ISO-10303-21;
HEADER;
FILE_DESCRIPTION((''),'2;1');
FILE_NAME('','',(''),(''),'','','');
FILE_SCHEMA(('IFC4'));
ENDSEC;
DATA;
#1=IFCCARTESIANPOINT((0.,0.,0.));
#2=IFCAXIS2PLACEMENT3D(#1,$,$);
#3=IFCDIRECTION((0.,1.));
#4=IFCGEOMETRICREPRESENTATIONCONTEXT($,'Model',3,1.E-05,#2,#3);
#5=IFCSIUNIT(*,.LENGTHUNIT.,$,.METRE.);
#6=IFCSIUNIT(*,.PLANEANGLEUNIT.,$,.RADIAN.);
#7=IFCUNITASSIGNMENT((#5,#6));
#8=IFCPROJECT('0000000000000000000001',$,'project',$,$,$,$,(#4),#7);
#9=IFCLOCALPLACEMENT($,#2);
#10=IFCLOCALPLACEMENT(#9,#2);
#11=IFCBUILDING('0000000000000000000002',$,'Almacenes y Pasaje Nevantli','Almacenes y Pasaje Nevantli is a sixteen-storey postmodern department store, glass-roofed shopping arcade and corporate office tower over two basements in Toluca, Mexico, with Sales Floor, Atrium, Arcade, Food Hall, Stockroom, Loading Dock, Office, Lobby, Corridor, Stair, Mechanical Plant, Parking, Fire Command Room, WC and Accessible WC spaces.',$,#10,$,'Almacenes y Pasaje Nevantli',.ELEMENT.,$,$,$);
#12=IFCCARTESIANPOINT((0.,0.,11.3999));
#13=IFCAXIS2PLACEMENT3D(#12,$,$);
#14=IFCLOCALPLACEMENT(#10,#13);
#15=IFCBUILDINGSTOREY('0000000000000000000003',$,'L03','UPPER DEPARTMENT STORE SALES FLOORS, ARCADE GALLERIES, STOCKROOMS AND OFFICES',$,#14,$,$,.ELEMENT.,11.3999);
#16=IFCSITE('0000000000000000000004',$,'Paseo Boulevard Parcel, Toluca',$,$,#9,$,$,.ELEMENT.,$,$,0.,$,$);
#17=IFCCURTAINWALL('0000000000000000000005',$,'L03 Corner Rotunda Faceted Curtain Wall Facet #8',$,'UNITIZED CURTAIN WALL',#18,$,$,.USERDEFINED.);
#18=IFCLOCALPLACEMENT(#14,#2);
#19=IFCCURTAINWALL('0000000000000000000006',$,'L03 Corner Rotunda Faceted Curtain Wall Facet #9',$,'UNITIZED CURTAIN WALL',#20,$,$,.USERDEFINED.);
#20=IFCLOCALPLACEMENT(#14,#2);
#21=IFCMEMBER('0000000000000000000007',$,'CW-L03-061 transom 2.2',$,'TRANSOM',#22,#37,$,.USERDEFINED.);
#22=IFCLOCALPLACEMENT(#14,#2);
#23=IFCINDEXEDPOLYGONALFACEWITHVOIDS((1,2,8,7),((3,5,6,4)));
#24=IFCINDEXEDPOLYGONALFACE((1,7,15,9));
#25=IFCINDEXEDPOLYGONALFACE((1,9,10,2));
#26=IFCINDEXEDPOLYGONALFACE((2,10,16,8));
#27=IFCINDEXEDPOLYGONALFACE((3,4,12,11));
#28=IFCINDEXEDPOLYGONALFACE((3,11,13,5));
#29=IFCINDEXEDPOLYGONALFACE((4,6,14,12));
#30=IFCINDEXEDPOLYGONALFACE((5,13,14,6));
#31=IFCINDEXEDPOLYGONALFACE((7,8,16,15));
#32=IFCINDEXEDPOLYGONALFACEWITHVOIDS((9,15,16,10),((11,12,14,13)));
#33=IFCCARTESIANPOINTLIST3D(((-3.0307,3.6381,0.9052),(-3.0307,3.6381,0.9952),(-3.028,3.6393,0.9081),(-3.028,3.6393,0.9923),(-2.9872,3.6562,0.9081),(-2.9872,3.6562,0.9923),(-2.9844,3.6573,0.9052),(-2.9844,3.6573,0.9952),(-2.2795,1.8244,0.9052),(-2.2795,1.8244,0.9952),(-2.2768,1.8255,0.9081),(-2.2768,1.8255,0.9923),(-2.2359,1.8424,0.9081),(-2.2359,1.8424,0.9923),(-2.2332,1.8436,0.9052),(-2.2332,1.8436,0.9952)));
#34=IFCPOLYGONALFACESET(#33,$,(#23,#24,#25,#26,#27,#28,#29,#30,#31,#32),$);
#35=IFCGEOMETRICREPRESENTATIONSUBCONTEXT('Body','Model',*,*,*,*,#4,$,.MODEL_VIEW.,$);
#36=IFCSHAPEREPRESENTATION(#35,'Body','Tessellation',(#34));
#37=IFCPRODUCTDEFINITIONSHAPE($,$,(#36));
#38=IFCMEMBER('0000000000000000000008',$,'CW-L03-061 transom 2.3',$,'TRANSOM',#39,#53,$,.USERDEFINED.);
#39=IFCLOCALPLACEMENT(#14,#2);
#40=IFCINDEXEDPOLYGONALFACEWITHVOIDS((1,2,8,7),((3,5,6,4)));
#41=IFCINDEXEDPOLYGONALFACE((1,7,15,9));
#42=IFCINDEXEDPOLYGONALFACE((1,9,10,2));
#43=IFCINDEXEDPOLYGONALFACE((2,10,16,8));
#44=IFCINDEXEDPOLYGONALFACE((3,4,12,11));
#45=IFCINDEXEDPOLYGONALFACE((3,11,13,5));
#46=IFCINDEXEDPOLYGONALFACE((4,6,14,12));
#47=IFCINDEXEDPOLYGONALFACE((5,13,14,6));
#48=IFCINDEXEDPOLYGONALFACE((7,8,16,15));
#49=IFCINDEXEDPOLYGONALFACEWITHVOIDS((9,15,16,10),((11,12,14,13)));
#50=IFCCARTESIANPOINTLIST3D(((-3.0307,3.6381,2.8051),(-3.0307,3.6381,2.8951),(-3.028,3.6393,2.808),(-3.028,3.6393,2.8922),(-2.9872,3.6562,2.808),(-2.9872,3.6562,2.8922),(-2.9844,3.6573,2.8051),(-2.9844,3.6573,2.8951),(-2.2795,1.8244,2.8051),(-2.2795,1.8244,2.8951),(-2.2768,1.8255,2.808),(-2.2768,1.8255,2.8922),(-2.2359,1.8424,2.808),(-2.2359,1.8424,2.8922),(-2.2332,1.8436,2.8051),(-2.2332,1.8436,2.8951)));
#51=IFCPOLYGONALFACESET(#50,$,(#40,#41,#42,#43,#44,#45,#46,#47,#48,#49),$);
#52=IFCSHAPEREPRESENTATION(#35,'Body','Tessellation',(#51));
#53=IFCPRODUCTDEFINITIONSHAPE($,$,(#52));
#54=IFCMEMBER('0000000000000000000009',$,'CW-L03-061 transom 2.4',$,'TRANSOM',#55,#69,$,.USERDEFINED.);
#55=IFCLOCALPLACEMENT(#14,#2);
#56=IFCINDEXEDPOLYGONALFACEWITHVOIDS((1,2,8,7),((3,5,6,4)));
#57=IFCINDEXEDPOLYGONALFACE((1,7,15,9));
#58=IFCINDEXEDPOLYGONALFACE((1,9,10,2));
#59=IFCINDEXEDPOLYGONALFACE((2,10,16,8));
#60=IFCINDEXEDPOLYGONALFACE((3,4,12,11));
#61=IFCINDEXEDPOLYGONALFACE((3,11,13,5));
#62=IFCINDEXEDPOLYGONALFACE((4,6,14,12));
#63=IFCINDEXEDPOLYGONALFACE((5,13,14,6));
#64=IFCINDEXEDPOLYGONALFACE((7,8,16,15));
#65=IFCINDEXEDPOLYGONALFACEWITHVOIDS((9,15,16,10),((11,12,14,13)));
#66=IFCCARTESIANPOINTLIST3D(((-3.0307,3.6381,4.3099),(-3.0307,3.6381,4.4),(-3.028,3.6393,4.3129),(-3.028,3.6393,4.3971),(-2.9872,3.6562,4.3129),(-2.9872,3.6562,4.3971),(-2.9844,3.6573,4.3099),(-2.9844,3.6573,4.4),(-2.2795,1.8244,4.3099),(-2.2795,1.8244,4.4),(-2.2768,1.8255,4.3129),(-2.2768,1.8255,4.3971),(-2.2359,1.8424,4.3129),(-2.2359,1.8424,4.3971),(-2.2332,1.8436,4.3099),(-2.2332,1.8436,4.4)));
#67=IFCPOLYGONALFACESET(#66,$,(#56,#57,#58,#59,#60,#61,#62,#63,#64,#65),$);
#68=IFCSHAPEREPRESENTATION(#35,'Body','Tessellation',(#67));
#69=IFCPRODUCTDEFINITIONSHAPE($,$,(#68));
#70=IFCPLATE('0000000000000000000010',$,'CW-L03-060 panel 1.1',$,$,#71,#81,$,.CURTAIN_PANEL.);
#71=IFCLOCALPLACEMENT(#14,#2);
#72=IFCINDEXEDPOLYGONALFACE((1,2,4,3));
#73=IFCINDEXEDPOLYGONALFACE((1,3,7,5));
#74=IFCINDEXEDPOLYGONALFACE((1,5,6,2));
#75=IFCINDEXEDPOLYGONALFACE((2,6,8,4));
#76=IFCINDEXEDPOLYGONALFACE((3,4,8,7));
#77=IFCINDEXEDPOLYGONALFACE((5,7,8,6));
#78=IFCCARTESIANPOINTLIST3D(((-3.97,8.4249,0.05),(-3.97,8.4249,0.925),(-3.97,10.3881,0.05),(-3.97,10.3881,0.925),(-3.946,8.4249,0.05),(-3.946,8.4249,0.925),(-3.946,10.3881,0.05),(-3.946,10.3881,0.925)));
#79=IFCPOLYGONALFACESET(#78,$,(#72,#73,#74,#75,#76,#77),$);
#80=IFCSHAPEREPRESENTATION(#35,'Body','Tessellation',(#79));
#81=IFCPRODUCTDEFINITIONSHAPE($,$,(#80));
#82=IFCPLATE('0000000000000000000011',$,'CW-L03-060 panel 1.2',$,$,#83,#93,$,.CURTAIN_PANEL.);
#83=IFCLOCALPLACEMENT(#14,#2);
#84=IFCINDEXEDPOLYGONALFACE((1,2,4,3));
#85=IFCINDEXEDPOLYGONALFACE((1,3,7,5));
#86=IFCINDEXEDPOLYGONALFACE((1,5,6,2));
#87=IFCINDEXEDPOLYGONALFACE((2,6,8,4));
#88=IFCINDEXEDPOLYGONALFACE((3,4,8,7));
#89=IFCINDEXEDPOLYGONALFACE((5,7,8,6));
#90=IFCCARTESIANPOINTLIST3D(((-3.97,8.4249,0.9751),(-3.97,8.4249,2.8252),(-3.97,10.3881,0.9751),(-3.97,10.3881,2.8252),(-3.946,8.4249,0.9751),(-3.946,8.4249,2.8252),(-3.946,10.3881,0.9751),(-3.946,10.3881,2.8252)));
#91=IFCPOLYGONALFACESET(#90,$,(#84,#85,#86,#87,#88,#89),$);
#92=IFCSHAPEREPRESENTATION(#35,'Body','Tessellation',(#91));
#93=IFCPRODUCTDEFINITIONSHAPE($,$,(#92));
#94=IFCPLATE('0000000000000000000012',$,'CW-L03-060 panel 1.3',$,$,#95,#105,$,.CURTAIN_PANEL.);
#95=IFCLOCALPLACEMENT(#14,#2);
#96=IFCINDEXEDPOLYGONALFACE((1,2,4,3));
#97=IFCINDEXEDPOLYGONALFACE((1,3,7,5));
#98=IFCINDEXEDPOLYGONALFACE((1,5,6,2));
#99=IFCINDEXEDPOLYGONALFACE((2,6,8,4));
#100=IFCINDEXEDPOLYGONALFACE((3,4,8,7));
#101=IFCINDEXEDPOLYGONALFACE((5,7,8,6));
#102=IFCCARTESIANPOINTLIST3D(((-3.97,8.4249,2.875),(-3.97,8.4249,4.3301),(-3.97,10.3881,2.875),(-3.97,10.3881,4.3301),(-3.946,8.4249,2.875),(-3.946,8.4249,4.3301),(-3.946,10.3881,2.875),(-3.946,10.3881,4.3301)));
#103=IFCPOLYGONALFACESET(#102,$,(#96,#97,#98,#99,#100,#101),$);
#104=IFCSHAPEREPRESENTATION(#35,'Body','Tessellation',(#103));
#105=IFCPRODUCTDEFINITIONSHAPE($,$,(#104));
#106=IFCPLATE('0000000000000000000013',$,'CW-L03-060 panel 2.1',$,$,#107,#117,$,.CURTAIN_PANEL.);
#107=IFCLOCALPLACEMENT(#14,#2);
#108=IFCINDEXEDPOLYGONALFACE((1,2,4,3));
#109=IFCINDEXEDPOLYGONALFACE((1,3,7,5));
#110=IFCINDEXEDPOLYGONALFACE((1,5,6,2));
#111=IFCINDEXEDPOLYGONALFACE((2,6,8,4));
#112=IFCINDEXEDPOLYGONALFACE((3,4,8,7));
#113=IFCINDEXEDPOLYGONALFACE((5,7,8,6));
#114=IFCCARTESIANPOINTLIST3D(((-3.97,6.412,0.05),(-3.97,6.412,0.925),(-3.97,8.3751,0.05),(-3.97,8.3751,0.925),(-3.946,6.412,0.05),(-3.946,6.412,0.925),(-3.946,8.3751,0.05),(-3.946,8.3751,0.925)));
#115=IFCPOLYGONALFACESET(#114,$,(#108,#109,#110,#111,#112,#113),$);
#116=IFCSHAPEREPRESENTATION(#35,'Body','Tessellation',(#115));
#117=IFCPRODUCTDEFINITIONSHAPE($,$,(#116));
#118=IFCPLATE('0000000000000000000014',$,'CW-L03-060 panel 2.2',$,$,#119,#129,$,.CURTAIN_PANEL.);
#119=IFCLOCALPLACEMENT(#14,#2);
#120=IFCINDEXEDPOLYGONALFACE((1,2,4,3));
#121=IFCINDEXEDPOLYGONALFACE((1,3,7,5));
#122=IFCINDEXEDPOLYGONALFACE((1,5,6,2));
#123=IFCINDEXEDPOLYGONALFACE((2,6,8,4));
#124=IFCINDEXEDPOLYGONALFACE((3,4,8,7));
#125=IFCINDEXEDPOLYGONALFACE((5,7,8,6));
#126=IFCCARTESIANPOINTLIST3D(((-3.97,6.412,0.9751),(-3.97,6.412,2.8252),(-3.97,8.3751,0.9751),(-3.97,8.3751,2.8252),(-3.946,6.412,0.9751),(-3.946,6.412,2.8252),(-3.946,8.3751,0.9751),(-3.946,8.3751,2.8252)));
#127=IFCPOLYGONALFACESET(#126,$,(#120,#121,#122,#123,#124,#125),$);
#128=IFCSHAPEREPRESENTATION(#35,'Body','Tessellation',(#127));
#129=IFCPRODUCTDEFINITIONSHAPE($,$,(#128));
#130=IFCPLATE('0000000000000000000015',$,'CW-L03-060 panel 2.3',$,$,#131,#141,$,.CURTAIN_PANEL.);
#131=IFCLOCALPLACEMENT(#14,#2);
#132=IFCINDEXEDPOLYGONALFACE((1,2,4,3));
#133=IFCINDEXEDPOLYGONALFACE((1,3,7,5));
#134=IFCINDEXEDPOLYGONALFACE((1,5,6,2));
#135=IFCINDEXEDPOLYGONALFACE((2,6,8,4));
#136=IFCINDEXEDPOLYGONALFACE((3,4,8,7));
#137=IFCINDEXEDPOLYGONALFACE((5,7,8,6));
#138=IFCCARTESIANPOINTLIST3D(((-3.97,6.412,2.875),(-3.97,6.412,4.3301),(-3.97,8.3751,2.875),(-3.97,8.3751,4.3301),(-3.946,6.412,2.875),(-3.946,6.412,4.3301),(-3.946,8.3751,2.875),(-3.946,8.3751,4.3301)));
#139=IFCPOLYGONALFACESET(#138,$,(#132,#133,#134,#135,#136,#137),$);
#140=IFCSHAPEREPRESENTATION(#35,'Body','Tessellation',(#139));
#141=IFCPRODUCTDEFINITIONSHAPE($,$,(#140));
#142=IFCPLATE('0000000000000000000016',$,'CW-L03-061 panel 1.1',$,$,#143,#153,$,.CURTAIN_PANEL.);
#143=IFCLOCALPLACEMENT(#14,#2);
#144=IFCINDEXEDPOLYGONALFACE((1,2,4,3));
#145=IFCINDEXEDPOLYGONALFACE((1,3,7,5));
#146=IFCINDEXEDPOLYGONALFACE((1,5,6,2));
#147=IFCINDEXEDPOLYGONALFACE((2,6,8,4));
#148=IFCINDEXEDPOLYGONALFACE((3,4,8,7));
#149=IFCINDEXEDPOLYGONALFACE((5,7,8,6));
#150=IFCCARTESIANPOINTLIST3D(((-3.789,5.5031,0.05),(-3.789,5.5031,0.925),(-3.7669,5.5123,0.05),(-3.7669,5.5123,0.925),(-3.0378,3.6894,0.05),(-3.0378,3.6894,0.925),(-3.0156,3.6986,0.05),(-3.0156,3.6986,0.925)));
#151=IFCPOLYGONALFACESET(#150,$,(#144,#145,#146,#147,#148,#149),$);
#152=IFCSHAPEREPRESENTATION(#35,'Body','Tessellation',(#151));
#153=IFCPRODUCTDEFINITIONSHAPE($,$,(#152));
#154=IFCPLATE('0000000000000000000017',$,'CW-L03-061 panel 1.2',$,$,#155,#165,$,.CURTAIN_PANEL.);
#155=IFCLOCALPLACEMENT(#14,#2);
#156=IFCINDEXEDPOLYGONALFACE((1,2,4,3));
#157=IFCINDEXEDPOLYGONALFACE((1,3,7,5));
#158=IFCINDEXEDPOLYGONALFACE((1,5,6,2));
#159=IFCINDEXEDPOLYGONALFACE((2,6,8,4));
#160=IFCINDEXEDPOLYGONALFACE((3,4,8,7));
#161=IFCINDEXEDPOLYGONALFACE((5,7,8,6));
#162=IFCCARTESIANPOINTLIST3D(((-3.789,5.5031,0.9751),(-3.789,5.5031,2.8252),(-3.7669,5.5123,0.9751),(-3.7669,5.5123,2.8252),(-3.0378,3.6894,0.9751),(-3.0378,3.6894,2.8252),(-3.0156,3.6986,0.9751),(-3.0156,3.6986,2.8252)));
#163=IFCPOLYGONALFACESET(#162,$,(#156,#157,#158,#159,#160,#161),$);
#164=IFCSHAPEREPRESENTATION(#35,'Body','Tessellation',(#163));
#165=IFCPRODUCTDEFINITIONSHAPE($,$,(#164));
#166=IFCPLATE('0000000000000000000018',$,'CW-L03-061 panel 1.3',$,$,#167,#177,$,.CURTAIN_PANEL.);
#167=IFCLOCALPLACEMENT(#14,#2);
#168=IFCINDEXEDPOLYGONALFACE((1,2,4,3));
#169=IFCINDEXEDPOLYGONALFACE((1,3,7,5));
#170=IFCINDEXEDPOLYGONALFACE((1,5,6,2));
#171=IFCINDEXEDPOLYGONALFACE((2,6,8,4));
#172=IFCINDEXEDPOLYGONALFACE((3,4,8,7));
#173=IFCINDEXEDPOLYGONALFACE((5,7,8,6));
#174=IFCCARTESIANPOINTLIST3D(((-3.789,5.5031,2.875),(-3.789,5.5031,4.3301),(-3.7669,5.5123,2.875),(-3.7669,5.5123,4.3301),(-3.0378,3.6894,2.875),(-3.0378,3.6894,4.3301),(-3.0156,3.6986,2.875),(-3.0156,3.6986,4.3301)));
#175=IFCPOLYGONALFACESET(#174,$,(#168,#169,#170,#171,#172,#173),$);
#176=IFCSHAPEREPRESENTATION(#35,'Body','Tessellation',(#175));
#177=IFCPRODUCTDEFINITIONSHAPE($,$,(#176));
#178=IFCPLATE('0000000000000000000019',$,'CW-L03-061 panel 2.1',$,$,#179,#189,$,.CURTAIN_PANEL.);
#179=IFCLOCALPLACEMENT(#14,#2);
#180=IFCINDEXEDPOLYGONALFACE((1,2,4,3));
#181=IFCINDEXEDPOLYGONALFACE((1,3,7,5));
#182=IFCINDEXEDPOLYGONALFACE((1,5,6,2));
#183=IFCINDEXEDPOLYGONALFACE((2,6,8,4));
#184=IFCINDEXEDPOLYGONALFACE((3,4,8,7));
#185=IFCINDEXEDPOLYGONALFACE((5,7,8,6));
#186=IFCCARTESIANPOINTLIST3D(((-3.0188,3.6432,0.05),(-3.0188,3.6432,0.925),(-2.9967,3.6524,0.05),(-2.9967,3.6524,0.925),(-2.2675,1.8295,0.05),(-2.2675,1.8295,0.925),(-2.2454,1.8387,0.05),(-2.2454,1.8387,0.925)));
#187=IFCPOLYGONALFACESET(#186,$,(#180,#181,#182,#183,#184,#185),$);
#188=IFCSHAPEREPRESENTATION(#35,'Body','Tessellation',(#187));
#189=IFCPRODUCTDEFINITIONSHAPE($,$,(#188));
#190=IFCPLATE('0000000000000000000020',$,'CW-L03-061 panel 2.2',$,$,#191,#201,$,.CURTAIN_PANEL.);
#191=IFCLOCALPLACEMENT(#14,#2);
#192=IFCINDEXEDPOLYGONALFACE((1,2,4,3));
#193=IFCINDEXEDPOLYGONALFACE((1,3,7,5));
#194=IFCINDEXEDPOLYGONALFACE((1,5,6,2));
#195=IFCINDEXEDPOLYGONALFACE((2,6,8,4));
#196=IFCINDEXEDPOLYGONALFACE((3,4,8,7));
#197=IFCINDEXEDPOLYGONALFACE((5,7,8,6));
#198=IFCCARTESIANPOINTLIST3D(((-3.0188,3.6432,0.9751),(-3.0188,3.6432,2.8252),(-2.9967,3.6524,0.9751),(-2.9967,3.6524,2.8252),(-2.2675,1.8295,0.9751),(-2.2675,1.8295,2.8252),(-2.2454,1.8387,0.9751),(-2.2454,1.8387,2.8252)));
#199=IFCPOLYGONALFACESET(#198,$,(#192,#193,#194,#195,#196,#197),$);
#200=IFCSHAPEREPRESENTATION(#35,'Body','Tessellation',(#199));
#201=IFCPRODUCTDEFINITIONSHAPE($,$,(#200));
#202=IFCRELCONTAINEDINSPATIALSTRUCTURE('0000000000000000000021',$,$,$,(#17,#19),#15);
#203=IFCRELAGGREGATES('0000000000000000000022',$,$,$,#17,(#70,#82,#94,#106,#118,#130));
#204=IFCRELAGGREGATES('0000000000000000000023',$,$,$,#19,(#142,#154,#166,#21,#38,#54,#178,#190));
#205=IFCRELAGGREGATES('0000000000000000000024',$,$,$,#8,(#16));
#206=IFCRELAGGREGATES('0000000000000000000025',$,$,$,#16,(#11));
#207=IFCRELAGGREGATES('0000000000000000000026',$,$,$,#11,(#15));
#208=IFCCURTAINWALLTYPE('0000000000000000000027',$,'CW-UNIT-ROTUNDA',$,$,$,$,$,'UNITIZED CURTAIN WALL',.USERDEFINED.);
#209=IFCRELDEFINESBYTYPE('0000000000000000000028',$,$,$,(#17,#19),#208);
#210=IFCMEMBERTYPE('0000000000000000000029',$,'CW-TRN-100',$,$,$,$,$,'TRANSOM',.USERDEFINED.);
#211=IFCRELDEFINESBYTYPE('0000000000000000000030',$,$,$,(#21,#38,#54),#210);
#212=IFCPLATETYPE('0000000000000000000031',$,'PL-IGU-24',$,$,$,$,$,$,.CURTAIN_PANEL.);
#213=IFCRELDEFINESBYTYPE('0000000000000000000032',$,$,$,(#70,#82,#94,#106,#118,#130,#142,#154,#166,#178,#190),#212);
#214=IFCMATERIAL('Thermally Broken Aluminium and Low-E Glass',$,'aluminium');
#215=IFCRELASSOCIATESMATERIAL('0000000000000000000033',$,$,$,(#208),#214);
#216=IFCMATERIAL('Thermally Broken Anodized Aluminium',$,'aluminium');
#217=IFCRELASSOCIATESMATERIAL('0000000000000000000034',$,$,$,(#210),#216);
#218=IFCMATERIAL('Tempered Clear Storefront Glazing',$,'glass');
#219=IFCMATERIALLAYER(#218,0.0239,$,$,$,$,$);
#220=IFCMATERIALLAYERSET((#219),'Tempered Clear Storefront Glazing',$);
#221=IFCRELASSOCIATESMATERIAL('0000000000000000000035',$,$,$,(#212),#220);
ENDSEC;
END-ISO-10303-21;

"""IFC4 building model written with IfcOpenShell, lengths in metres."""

from ifc_helpers import new_model, si_unit, direction, frame, origin, origin_2d, place, context, subcontext, project, spatial, rectangle, hollow_rectangle, extrude, material, layer, layer_set, material_profile, profile_set, type_object, element, aggregate, save


model = new_model("IFC4")

# Units and contexts
model_context = context("Model", 3, precision=1e-05, world=origin(), true_north=direction((0.0, 1.0)))
body_context = subcontext(model_context, "Body", "Model", "MODEL_VIEW")
ifc_project = project(units=[si_unit("LENGTHUNIT", "METRE"), si_unit("PLANEANGLEUNIT", "RADIAN")], contexts=[model_context])

# Site, building, storey
site_placement = place(None, origin())
site = spatial("IfcSite", under=ifc_project, at=site_placement, Name="Paseo Boulevard Parcel, Toluca", CompositionType="ELEMENT", RefElevation=0.0)
building_placement = place(site_placement, origin())
building = spatial("IfcBuilding", under=site, at=building_placement, Name="Almacenes y Pasaje Nevantli", Description="Almacenes y Pasaje Nevantli is a sixteen-storey postmodern department store, glass-roofed shopping arcade and corporate office tower over two basements in Toluca, Mexico, with Sales Floor, Atrium, Arcade, Food Hall, Stockroom, Loading Dock, Office, Lobby, Corridor, Stair, Mechanical Plant, Parking, Fire Command Room, WC and Accessible WC spaces.", LongName="Almacenes y Pasaje Nevantli", CompositionType="ELEMENT")
storey_placement = place(building_placement, frame((0.0, 0.0, 11.3999)))
storey = spatial("IfcBuildingStorey", under=building, at=storey_placement, Name="L03", Description="UPPER DEPARTMENT STORE SALES FLOORS, ARCADE GALLERIES, STOCKROOMS AND OFFICES", CompositionType="ELEMENT", Elevation=11.3999)

# Curtain walls
ifc_material_1 = material(Name="Thermally Broken Aluminium and Low-E Glass", Category="aluminium")
curtain_wall_type = type_object("IfcCurtainWallType", Name="CW-UNIT-ROTUNDA", ElementType="UNITIZED CURTAIN WALL", PredefinedType="USERDEFINED", material=ifc_material_1)
curtain_wall_1_placement = place(storey_placement, origin())
curtain_wall_1 = element("IfcCurtainWall", 1, at=curtain_wall_1_placement, inside=storey, type_object=curtain_wall_type, Name="L03 Corner Rotunda Faceted Curtain Wall Facet #8", ObjectType="UNITIZED CURTAIN WALL", PredefinedType="USERDEFINED")
curtain_wall_2_placement = place(storey_placement, origin())
curtain_wall_2 = element("IfcCurtainWall", 2, at=curtain_wall_2_placement, inside=storey, type_object=curtain_wall_type, Name="L03 Corner Rotunda Faceted Curtain Wall Facet #9", ObjectType="UNITIZED CURTAIN WALL", PredefinedType="USERDEFINED")

# Members
ifc_material_2 = material(Name="Thermally Broken Anodized Aluminium", Category="aluminium")
ifc_material_profile_1 = material_profile(ifc_material_2, hollow_rectangle(XDim=0.05, YDim=0.0901, WallThickness=0.0029, at=origin_2d()), Name="ALU-TRN-50x90")
ifc_profile_set_1 = profile_set([ifc_material_profile_1], Name="Thermally Broken Anodized Aluminium")
member_type_1 = type_object("IfcMemberType", Name="CW-TRN-100", ElementType="TRANSOM", PredefinedType="USERDEFINED", material=ifc_profile_set_1)
member_1_placement = place(storey_placement, frame((-3.0076, 3.6477, 0.9502), z_axis=(0.382663, -0.923888, 0.0), x_axis=(0.923888, 0.382663, 0.0)))
member_1 = element("IfcMember", 3, at=member_1_placement, type_object=member_type_1, Name="CW-L03-061 transom 2.2", ObjectType="TRANSOM", PredefinedType="USERDEFINED", context=body_context, shape_type="SweptSolid", body=[
    extrude(hollow_rectangle(XDim=0.05, YDim=0.0901, WallThickness=0.0029, at=origin_2d()), origin(), (0.0, 0.0, 1.0), 1.9631),
])
member_2_placement = place(storey_placement, frame((-3.0076, 3.6477, 2.8501), z_axis=(0.382663, -0.923888, 0.0), x_axis=(0.923888, 0.382663, 0.0)))
member_2 = element("IfcMember", 4, at=member_2_placement, type_object=member_type_1, Name="CW-L03-061 transom 2.3", ObjectType="TRANSOM", PredefinedType="USERDEFINED", context=body_context, shape_type="SweptSolid", body=[
    extrude(hollow_rectangle(XDim=0.05, YDim=0.0901, WallThickness=0.0029, at=origin_2d()), origin(), (0.0, 0.0, 1.0), 1.9631),
])
member_3_placement = place(storey_placement, frame((-3.0076, 3.6477, 4.355), z_axis=(0.382663, -0.923888, 0.0), x_axis=(0.923888, 0.382663, 0.0)))
member_3 = element("IfcMember", 5, at=member_3_placement, type_object=member_type_1, Name="CW-L03-061 transom 2.4", ObjectType="TRANSOM", PredefinedType="USERDEFINED", context=body_context, shape_type="SweptSolid", body=[
    extrude(hollow_rectangle(XDim=0.05, YDim=0.0901, WallThickness=0.0029, at=origin_2d()), origin(), (0.0, 0.0, 1.0), 1.9631),
])

# Plates
ifc_material_3 = material(Name="Tempered Clear Storefront Glazing", Category="glass")
ifc_layer = layer(ifc_material_3, 0.0239)
ifc_layer_set = layer_set([ifc_layer], Name="Tempered Clear Storefront Glazing")
plate_type = type_object("IfcPlateType", Name="PL-IGU-24", PredefinedType="CURTAIN_PANEL", material=ifc_layer_set)
plate_1_placement = place(storey_placement, frame((-3.958, 9.4065, 0.05), z_axis=(0.0, 0.0, 1.0), x_axis=(0.0, -1.0, 0.0)))
plate_1 = element("IfcPlate", 6, at=plate_1_placement, type_object=plate_type, Name="CW-L03-060 panel 1.1", PredefinedType="CURTAIN_PANEL", context=body_context, shape_type="SweptSolid", body=[
    extrude(rectangle(XDim=1.9631, YDim=0.0239, at=origin_2d()), origin(), (0.0, 0.0, 1.0), 0.875),
])
plate_2_placement = place(storey_placement, frame((-3.958, 9.4065, 0.9751), z_axis=(0.0, 0.0, 1.0), x_axis=(0.0, -1.0, 0.0)))
plate_2 = element("IfcPlate", 7, at=plate_2_placement, type_object=plate_type, Name="CW-L03-060 panel 1.2", PredefinedType="CURTAIN_PANEL", context=body_context, shape_type="SweptSolid", body=[
    extrude(rectangle(XDim=1.9631, YDim=0.0239, at=origin_2d()), origin(), (0.0, 0.0, 1.0), 1.8501),
])
plate_3_placement = place(storey_placement, frame((-3.958, 9.4065, 2.875), z_axis=(0.0, 0.0, 1.0), x_axis=(0.0, -1.0, 0.0)))
plate_3 = element("IfcPlate", 8, at=plate_3_placement, type_object=plate_type, Name="CW-L03-060 panel 1.3", PredefinedType="CURTAIN_PANEL", context=body_context, shape_type="SweptSolid", body=[
    extrude(rectangle(XDim=1.9631, YDim=0.0239, at=origin_2d()), origin(), (0.0, 0.0, 1.0), 1.4551),
])
plate_4_placement = place(storey_placement, frame((-3.958, 7.3936, 0.05), z_axis=(0.0, 0.0, 1.0), x_axis=(0.0, -1.0, 0.0)))
plate_4 = element("IfcPlate", 9, at=plate_4_placement, type_object=plate_type, Name="CW-L03-060 panel 2.1", PredefinedType="CURTAIN_PANEL", context=body_context, shape_type="SweptSolid", body=[
    extrude(rectangle(XDim=1.9631, YDim=0.0239, at=origin_2d()), origin(), (0.0, 0.0, 1.0), 0.875),
])
plate_5_placement = place(storey_placement, frame((-3.958, 7.3936, 0.9751), z_axis=(0.0, 0.0, 1.0), x_axis=(0.0, -1.0, 0.0)))
plate_5 = element("IfcPlate", 10, at=plate_5_placement, type_object=plate_type, Name="CW-L03-060 panel 2.2", PredefinedType="CURTAIN_PANEL", context=body_context, shape_type="SweptSolid", body=[
    extrude(rectangle(XDim=1.9631, YDim=0.0239, at=origin_2d()), origin(), (0.0, 0.0, 1.0), 1.8501),
])
plate_6_placement = place(storey_placement, frame((-3.958, 7.3936, 2.875), z_axis=(0.0, 0.0, 1.0), x_axis=(0.0, -1.0, 0.0)))
plate_6 = element("IfcPlate", 11, at=plate_6_placement, type_object=plate_type, Name="CW-L03-060 panel 2.3", PredefinedType="CURTAIN_PANEL", context=body_context, shape_type="SweptSolid", body=[
    extrude(rectangle(XDim=1.9631, YDim=0.0239, at=origin_2d()), origin(), (0.0, 0.0, 1.0), 1.4551),
])
aggregate(curtain_wall_1, [plate_1, plate_2, plate_3, plate_4, plate_5, plate_6])
plate_7_placement = place(storey_placement, frame((-3.4023, 4.6008, 0.05), z_axis=(0.0, 0.0, 1.0), x_axis=(0.382698, -0.923873, 0.0)))
plate_7 = element("IfcPlate", 12, at=plate_7_placement, type_object=plate_type, Name="CW-L03-061 panel 1.1", PredefinedType="CURTAIN_PANEL", context=body_context, shape_type="SweptSolid", body=[
    extrude(rectangle(XDim=1.9631, YDim=0.0239, at=origin_2d()), origin(), (0.0, 0.0, 1.0), 0.875),
])
plate_8_placement = place(storey_placement, frame((-3.4023, 4.6008, 0.9751), z_axis=(0.0, 0.0, 1.0), x_axis=(0.382698, -0.923873, 0.0)))
plate_8 = element("IfcPlate", 13, at=plate_8_placement, type_object=plate_type, Name="CW-L03-061 panel 1.2", PredefinedType="CURTAIN_PANEL", context=body_context, shape_type="SweptSolid", body=[
    extrude(rectangle(XDim=1.9631, YDim=0.0239, at=origin_2d()), origin(), (0.0, 0.0, 1.0), 1.8501),
])
plate_9_placement = place(storey_placement, frame((-3.4023, 4.6008, 2.875), z_axis=(0.0, 0.0, 1.0), x_axis=(0.382698, -0.923873, 0.0)))
plate_9 = element("IfcPlate", 14, at=plate_9_placement, type_object=plate_type, Name="CW-L03-061 panel 1.3", PredefinedType="CURTAIN_PANEL", context=body_context, shape_type="SweptSolid", body=[
    extrude(rectangle(XDim=1.9631, YDim=0.0239, at=origin_2d()), origin(), (0.0, 0.0, 1.0), 1.4551),
])
plate_10_placement = place(storey_placement, frame((-2.6321, 2.741, 0.05), z_axis=(0.0, 0.0, 1.0), x_axis=(0.382698, -0.923873, 0.0)))
plate_10 = element("IfcPlate", 15, at=plate_10_placement, type_object=plate_type, Name="CW-L03-061 panel 2.1", PredefinedType="CURTAIN_PANEL", context=body_context, shape_type="SweptSolid", body=[
    extrude(rectangle(XDim=1.9631, YDim=0.0239, at=origin_2d()), origin(), (0.0, 0.0, 1.0), 0.875),
])
plate_11_placement = place(storey_placement, frame((-2.6321, 2.741, 0.9751), z_axis=(0.0, 0.0, 1.0), x_axis=(0.382698, -0.923873, 0.0)))
plate_11 = element("IfcPlate", 16, at=plate_11_placement, type_object=plate_type, Name="CW-L03-061 panel 2.2", PredefinedType="CURTAIN_PANEL", context=body_context, shape_type="SweptSolid", body=[
    extrude(rectangle(XDim=1.9631, YDim=0.0239, at=origin_2d()), origin(), (0.0, 0.0, 1.0), 1.8501),
])
aggregate(curtain_wall_2, [plate_7, plate_8, plate_9, member_1, member_2, member_3, plate_10, plate_11])

save(model, "model.ifc")
